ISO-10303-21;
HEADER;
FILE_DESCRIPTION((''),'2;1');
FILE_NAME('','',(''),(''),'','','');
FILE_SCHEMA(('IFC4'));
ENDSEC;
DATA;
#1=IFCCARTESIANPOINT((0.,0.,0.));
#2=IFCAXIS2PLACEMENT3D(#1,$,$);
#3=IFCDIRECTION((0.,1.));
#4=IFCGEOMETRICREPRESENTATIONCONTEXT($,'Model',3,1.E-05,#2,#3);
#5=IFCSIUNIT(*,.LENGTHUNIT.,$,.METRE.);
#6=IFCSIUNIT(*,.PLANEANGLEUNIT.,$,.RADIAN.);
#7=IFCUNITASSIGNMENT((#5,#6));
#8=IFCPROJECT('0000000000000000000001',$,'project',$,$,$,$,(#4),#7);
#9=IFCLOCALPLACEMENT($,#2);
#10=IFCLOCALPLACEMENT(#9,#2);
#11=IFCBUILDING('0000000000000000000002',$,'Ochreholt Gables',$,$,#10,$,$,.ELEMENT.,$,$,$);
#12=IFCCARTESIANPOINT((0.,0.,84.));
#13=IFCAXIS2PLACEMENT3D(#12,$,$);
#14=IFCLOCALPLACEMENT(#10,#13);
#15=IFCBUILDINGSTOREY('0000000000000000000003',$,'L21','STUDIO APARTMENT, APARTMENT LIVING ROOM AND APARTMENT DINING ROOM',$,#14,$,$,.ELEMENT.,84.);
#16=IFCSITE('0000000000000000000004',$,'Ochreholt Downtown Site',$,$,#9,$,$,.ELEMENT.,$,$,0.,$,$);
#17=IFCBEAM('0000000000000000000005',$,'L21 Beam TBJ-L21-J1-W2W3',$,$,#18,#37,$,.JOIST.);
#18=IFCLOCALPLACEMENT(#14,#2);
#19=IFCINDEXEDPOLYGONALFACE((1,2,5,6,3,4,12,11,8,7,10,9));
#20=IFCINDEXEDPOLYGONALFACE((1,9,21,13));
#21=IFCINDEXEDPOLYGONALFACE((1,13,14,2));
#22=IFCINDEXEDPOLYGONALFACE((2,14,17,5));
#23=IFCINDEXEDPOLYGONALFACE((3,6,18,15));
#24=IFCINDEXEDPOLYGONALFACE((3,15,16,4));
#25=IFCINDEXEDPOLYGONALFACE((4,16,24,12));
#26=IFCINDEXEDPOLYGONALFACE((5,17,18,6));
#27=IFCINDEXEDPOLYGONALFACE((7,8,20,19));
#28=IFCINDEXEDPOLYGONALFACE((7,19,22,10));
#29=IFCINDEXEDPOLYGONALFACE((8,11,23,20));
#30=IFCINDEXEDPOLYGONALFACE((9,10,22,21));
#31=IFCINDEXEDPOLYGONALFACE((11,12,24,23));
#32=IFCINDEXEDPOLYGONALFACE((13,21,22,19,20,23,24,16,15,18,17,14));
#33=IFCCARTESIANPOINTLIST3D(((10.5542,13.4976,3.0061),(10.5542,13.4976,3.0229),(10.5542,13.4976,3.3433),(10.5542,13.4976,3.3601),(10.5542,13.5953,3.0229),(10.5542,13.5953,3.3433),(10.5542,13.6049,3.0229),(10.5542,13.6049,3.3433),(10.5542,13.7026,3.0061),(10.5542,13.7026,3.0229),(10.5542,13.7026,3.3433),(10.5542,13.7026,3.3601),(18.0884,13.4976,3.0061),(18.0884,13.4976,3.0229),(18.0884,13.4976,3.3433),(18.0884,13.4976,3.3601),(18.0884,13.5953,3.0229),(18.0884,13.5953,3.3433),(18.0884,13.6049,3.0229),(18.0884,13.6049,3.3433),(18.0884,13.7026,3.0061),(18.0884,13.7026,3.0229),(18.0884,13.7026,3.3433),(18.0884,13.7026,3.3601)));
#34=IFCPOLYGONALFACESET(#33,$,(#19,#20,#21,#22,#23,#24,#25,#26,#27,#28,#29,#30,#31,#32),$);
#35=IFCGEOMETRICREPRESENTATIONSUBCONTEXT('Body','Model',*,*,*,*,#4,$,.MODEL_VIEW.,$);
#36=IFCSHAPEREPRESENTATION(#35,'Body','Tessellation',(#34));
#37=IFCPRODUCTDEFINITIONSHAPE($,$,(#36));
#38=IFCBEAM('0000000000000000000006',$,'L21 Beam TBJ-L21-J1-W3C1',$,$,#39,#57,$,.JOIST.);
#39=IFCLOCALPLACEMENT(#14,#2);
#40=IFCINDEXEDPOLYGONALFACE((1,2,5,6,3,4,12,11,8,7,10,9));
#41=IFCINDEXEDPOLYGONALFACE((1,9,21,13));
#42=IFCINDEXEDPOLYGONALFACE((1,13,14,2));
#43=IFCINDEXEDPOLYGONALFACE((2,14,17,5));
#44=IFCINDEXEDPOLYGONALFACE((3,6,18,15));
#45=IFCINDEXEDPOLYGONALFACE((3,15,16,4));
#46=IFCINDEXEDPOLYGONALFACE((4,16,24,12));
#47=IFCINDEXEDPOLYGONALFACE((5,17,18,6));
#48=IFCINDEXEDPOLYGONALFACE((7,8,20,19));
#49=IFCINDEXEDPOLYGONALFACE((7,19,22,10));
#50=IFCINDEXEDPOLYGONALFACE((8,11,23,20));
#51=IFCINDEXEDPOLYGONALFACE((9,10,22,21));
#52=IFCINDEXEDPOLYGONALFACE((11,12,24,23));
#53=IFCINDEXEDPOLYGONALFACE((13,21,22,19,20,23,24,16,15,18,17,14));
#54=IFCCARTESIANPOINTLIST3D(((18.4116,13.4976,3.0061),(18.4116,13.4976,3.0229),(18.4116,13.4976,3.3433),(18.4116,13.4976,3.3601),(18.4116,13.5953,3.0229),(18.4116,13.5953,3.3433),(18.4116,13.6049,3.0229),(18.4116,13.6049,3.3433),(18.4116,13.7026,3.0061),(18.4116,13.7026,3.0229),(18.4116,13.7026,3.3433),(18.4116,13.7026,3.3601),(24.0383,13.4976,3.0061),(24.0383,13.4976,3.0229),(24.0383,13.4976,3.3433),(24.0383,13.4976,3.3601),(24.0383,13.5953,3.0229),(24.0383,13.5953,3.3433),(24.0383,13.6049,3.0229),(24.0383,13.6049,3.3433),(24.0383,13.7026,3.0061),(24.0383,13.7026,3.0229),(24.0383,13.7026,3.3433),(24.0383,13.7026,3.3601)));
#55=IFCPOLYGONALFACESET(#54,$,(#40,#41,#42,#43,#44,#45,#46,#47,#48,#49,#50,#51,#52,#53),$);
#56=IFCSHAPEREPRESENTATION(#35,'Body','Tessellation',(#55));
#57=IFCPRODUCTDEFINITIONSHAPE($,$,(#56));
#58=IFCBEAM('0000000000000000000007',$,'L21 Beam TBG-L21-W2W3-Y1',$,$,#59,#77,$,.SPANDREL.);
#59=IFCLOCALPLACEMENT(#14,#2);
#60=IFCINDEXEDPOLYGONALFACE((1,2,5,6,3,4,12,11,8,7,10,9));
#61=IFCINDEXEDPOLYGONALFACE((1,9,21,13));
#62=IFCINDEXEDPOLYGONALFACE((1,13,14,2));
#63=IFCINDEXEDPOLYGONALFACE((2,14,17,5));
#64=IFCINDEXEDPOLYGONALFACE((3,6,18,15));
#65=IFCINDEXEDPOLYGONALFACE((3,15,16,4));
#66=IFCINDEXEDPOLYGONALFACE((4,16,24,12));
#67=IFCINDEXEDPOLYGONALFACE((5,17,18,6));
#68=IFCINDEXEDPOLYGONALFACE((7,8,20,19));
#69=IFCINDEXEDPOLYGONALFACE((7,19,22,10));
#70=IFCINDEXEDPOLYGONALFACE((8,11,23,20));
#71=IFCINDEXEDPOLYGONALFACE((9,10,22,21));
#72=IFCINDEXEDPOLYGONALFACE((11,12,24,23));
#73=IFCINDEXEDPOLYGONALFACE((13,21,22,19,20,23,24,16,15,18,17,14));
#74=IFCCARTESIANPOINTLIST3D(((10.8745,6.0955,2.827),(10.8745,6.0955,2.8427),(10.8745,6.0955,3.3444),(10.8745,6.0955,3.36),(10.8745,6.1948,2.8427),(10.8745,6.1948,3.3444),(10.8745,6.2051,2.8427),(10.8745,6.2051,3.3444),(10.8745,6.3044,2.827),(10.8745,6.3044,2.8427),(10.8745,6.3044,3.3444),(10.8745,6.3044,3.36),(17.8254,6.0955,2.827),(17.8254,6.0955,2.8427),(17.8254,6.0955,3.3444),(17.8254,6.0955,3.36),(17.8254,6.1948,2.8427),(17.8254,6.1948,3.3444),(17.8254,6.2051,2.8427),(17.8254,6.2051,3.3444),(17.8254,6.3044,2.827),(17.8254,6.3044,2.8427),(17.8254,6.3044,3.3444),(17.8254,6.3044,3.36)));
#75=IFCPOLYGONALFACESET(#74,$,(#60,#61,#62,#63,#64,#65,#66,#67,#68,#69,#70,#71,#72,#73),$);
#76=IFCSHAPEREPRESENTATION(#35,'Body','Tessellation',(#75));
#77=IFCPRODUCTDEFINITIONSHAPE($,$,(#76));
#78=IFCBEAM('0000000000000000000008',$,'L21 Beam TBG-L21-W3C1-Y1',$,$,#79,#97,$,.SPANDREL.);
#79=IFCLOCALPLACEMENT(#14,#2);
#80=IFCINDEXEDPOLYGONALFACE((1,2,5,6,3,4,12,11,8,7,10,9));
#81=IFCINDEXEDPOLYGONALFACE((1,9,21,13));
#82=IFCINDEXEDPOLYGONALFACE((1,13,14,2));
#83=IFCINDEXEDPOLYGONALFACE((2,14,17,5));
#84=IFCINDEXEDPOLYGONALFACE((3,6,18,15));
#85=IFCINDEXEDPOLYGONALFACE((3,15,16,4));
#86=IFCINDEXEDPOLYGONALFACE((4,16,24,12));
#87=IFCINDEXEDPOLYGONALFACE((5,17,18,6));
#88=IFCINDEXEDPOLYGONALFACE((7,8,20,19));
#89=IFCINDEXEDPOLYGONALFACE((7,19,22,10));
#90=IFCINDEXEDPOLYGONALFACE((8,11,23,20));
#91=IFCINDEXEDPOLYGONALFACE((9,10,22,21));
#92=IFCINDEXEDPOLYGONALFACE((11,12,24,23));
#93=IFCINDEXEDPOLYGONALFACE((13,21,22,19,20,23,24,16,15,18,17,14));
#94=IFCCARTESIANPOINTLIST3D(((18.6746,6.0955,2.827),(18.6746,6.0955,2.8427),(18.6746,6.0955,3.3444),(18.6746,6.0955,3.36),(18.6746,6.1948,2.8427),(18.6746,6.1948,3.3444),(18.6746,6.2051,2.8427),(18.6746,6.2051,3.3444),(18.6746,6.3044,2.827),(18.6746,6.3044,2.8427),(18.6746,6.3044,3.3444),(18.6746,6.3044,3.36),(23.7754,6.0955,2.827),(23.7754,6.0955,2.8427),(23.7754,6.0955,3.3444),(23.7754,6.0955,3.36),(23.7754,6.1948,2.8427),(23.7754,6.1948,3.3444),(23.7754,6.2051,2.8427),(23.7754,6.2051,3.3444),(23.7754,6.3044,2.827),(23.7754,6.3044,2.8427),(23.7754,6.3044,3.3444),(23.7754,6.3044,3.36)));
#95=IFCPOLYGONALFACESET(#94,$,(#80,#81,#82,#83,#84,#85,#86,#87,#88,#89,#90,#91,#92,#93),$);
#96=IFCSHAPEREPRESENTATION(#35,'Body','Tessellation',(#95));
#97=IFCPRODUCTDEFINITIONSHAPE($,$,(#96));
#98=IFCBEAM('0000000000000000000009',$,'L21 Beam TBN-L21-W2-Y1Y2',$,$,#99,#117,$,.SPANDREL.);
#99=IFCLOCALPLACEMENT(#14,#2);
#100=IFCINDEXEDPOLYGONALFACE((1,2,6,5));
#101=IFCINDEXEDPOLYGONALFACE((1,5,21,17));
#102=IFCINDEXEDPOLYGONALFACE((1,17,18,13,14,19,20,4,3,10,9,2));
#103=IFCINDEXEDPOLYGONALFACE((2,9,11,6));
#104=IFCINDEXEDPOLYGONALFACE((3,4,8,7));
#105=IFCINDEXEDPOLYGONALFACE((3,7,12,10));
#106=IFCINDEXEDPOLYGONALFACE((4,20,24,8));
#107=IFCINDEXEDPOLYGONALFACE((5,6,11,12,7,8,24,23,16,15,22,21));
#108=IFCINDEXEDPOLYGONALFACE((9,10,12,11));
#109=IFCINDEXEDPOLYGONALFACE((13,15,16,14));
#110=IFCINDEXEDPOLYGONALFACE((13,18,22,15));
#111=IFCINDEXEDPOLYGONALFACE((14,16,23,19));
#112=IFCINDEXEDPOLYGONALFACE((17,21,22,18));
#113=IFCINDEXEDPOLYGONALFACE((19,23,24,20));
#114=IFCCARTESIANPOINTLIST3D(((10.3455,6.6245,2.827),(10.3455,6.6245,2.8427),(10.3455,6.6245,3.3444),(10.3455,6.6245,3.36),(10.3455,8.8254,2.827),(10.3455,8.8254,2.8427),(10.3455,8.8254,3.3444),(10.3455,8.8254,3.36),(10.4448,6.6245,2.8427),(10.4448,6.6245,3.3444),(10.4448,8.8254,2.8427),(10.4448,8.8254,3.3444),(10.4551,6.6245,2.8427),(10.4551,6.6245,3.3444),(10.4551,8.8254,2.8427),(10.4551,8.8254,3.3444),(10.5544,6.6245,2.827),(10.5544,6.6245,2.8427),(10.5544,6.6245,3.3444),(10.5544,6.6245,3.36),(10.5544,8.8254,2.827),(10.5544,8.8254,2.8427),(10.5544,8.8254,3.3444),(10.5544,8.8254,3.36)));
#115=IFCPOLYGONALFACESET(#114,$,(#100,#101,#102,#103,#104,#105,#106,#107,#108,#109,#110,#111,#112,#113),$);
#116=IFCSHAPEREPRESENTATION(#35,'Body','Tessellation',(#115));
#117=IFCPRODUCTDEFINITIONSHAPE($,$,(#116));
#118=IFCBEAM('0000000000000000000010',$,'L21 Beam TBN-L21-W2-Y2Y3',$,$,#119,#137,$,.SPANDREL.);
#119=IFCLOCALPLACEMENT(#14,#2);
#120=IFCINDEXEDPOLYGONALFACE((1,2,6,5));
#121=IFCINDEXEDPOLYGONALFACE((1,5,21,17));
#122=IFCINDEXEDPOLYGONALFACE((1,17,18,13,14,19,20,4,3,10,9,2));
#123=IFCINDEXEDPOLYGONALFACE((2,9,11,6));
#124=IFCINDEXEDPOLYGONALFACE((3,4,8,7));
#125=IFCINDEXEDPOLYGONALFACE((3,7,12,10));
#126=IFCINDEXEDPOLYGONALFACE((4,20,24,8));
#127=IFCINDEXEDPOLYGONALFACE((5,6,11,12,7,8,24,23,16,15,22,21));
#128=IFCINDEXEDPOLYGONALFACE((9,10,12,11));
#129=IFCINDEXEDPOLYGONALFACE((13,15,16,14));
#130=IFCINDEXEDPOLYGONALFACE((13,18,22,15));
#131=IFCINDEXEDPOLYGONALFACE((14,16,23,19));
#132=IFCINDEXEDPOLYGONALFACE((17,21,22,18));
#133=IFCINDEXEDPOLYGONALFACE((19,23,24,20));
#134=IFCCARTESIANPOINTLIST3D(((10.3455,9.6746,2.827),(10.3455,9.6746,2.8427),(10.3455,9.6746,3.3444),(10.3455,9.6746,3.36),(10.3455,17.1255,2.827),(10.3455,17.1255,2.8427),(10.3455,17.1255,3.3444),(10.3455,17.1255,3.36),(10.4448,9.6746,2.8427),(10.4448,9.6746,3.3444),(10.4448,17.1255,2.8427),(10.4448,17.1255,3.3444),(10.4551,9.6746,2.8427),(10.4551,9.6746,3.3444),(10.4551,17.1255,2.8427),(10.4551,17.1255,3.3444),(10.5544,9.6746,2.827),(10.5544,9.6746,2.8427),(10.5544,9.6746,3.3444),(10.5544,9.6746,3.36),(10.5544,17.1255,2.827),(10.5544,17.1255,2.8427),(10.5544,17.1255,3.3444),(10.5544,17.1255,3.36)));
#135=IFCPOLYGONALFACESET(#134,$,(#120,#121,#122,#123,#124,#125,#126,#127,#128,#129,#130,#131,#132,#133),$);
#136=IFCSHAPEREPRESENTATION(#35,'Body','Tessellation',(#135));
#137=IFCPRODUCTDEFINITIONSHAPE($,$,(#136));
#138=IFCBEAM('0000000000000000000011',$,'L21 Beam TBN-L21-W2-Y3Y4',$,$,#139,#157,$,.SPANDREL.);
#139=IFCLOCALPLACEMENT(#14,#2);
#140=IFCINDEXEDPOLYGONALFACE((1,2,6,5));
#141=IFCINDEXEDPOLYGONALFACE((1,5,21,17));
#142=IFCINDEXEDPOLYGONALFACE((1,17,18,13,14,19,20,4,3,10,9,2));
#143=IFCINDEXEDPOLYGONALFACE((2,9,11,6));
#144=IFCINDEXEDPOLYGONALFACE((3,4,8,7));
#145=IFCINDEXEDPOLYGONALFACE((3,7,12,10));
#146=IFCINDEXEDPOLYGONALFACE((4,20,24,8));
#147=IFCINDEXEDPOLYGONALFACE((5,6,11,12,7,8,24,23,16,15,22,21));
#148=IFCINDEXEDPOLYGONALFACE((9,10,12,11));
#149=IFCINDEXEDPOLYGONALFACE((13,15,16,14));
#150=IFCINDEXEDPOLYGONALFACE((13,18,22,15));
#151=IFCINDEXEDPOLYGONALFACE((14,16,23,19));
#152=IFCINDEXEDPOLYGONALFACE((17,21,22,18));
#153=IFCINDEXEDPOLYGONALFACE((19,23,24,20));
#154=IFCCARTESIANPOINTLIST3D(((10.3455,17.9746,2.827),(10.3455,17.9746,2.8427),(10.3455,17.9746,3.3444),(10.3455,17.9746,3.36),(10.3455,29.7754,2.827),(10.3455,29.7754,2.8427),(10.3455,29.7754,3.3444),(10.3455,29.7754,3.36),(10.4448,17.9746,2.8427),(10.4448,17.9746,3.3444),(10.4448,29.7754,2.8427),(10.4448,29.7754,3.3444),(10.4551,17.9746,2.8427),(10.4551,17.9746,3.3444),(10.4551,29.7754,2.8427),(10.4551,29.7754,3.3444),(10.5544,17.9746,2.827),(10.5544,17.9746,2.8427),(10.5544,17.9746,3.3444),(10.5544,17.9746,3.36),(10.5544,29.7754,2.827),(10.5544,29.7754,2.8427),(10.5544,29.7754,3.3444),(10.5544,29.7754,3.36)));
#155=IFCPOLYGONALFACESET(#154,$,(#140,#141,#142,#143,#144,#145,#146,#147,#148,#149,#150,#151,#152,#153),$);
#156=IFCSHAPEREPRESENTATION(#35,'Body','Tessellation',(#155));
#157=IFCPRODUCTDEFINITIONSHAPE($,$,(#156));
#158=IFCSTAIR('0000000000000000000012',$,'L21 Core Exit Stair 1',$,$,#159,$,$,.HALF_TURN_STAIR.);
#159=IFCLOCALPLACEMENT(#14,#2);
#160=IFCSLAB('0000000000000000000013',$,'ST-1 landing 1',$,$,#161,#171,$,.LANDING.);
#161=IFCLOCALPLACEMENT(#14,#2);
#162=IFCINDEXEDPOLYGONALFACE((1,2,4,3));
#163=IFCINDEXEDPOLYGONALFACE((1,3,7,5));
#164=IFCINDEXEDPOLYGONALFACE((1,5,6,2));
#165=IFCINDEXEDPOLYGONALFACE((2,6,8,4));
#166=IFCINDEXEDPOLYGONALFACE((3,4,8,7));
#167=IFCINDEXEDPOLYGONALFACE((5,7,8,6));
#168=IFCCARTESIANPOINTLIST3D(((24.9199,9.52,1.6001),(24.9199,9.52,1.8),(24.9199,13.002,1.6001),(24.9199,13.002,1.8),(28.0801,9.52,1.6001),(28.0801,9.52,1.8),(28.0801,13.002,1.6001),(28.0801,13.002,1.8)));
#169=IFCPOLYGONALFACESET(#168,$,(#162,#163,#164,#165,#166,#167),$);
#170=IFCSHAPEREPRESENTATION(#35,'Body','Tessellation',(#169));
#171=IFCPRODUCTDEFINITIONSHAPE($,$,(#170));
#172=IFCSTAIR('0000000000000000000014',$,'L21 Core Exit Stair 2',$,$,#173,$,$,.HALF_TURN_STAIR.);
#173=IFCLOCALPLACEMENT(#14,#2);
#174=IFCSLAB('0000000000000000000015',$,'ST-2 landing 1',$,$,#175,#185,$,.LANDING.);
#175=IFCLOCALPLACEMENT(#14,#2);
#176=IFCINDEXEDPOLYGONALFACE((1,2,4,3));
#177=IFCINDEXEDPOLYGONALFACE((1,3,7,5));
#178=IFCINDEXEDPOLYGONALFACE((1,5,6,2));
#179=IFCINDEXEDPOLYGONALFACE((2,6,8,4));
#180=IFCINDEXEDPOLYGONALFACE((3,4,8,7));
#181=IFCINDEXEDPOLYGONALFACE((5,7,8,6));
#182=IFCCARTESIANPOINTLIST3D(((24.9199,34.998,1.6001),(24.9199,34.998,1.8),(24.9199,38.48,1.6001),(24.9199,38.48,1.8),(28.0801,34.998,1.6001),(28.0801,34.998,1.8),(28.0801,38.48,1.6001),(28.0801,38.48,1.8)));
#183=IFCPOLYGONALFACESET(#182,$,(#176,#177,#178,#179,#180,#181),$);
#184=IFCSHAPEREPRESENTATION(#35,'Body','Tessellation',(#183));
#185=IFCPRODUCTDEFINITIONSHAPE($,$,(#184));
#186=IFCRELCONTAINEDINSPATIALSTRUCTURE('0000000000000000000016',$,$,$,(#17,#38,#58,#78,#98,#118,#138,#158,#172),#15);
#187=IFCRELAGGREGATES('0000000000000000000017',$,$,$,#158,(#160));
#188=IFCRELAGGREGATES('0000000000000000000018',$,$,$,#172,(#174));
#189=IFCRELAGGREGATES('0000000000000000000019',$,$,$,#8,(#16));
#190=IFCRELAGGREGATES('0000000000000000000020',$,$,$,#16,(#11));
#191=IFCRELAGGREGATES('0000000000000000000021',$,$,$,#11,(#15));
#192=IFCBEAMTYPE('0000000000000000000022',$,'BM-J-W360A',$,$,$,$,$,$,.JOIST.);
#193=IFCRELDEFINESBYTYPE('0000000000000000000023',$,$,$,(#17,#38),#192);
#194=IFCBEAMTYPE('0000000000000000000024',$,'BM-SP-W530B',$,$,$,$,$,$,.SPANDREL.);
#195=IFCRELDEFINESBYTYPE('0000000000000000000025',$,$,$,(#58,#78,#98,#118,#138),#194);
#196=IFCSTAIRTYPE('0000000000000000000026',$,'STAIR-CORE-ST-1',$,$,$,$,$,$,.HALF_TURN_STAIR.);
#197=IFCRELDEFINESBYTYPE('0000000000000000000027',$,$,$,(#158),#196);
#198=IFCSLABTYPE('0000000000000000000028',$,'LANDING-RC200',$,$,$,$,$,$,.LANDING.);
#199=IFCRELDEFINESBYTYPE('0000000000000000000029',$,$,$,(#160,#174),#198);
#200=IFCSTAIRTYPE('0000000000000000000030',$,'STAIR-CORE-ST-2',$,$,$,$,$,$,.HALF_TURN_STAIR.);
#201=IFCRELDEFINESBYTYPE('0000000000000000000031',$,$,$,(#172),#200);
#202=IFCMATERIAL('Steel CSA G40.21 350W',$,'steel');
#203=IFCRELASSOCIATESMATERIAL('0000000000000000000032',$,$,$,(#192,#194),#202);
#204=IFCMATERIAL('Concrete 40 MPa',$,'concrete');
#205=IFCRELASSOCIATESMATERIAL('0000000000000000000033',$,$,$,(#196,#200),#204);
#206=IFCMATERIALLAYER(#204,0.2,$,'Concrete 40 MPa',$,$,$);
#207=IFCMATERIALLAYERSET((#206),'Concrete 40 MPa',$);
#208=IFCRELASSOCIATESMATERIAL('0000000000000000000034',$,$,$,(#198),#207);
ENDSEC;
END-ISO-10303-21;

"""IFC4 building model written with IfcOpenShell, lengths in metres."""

from ifc_helpers import new_model, si_unit, direction, frame, origin, origin_2d, place, context, subcontext, project, spatial, polyline, i_section, outline, extrude, material, layer, layer_set, material_profile, profile_set, type_object, element, aggregate, save


model = new_model("IFC4")

# Units and contexts
model_context = context("Model", 3, precision=1e-05, world=origin(), true_north=direction((0.0, 1.0)))
body_context = subcontext(model_context, "Body", "Model", "MODEL_VIEW")
ifc_project = project(units=[si_unit("LENGTHUNIT", "METRE"), si_unit("PLANEANGLEUNIT", "RADIAN")], contexts=[model_context])

# Site, building, storey
site_placement = place(None, origin())
site = spatial("IfcSite", under=ifc_project, at=site_placement, Name="Ochreholt Downtown Site", CompositionType="ELEMENT", RefElevation=0.0)
building_placement = place(site_placement, origin())
building = spatial("IfcBuilding", under=site, at=building_placement, Name="Ochreholt Gables", CompositionType="ELEMENT")
storey_placement = place(building_placement, frame((0.0, 0.0, 84.0)))
storey = spatial("IfcBuildingStorey", under=building, at=storey_placement, Name="L21", Description="STUDIO APARTMENT, APARTMENT LIVING ROOM AND APARTMENT DINING ROOM", CompositionType="ELEMENT", Elevation=84.0)

# Beams
ifc_material_1 = material(Name="Steel CSA G40.21 350W", Category="steel")
ifc_material_profile_1 = material_profile(ifc_material_1, i_section(OverallWidth=0.2051, OverallDepth=0.354, WebThickness=0.0095, FlangeThickness=0.0168, at=origin_2d()), Name="W360X79")
ifc_profile_set_1 = profile_set([ifc_material_profile_1], Name="Steel CSA G40.21 350W")
beam_type_1 = type_object("IfcBeamType", Name="BM-J-W360A", PredefinedType="JOIST", material=ifc_profile_set_1)
beam_1_placement = place(storey_placement, frame((10.5542, 13.6001, 3.1831), z_axis=(1.0, 0.0, 0.0), x_axis=(0.0, 1.0, 0.0)))
element("IfcBeam", 1, at=beam_1_placement, inside=storey, type_object=beam_type_1, Name="L21 Beam TBJ-L21-J1-W2W3", PredefinedType="JOIST", context=body_context, shape_type="SweptSolid", body=[
    extrude(i_section(OverallWidth=0.2051, OverallDepth=0.354, WebThickness=0.0095, FlangeThickness=0.0168, at=origin_2d()), origin(), (0.0, 0.0, 1.0), 7.5342),
])
beam_2_placement = place(storey_placement, frame((18.4116, 13.6001, 3.1831), z_axis=(1.0, 0.0, 0.0), x_axis=(0.0, 1.0, 0.0)))
element("IfcBeam", 2, at=beam_2_placement, inside=storey, type_object=beam_type_1, Name="L21 Beam TBJ-L21-J1-W3C1", PredefinedType="JOIST", context=body_context, shape_type="SweptSolid", body=[
    extrude(i_section(OverallWidth=0.2051, OverallDepth=0.354, WebThickness=0.0095, FlangeThickness=0.0168, at=origin_2d()), origin(), (0.0, 0.0, 1.0), 5.6267),
])
ifc_material_profile_2 = material_profile(ifc_material_1, i_section(OverallWidth=0.209, OverallDepth=0.533, WebThickness=0.0103, FlangeThickness=0.0156, at=origin_2d()), Name="W530X92")
ifc_profile_set_2 = profile_set([ifc_material_profile_2], Name="Steel CSA G40.21 350W")
beam_type_2 = type_object("IfcBeamType", Name="BM-SP-W530B", PredefinedType="SPANDREL", material=ifc_profile_set_2)
beam_3_placement = place(storey_placement, frame((10.8745, 6.2, 3.0935), z_axis=(1.0, 0.0, 0.0), x_axis=(0.0, 1.0, 0.0)))
element("IfcBeam", 3, at=beam_3_placement, inside=storey, type_object=beam_type_2, Name="L21 Beam TBG-L21-W2W3-Y1", PredefinedType="SPANDREL", context=body_context, shape_type="SweptSolid", body=[
    extrude(i_section(OverallWidth=0.209, OverallDepth=0.533, WebThickness=0.0103, FlangeThickness=0.0156, at=origin_2d()), origin(), (0.0, 0.0, 1.0), 6.9509),
])
beam_4_placement = place(storey_placement, frame((18.6746, 6.2, 3.0935), z_axis=(1.0, 0.0, 0.0), x_axis=(0.0, 1.0, 0.0)))
element("IfcBeam", 4, at=beam_4_placement, inside=storey, type_object=beam_type_2, Name="L21 Beam TBG-L21-W3C1-Y1", PredefinedType="SPANDREL", context=body_context, shape_type="SweptSolid", body=[
    extrude(i_section(OverallWidth=0.209, OverallDepth=0.533, WebThickness=0.0103, FlangeThickness=0.0156, at=origin_2d()), origin(), (0.0, 0.0, 1.0), 5.1008),
])
beam_5_placement = place(storey_placement, frame((10.45, 6.6245, 3.0935), z_axis=(0.0, 1.0, 0.0), x_axis=(-1.0, 0.0, 0.0)))
element("IfcBeam", 5, at=beam_5_placement, inside=storey, type_object=beam_type_2, Name="L21 Beam TBN-L21-W2-Y1Y2", PredefinedType="SPANDREL", context=body_context, shape_type="SweptSolid", body=[
    extrude(i_section(OverallWidth=0.209, OverallDepth=0.533, WebThickness=0.0103, FlangeThickness=0.0156, at=origin_2d()), origin(), (0.0, 0.0, 1.0), 2.2009),
])
beam_6_placement = place(storey_placement, frame((10.45, 9.6746, 3.0935), z_axis=(0.0, 1.0, 0.0), x_axis=(-1.0, 0.0, 0.0)))
element("IfcBeam", 6, at=beam_6_placement, inside=storey, type_object=beam_type_2, Name="L21 Beam TBN-L21-W2-Y2Y3", PredefinedType="SPANDREL", context=body_context, shape_type="SweptSolid", body=[
    extrude(i_section(OverallWidth=0.209, OverallDepth=0.533, WebThickness=0.0103, FlangeThickness=0.0156, at=origin_2d()), origin(), (0.0, 0.0, 1.0), 7.4509),
])
beam_7_placement = place(storey_placement, frame((10.45, 17.9746, 3.0935), z_axis=(0.0, 1.0, 0.0), x_axis=(-1.0, 0.0, 0.0)))
element("IfcBeam", 7, at=beam_7_placement, inside=storey, type_object=beam_type_2, Name="L21 Beam TBN-L21-W2-Y3Y4", PredefinedType="SPANDREL", context=body_context, shape_type="SweptSolid", body=[
    extrude(i_section(OverallWidth=0.209, OverallDepth=0.533, WebThickness=0.0103, FlangeThickness=0.0156, at=origin_2d()), origin(), (0.0, 0.0, 1.0), 11.8008),
])

# Stairs, slabs
ifc_material_2 = material(Name="Concrete 40 MPa", Category="concrete")
stair_type_1 = type_object("IfcStairType", Name="STAIR-CORE-ST-1", PredefinedType="HALF_TURN_STAIR", material=ifc_material_2)
stair_1_placement = place(storey_placement, origin())
stair_1 = element("IfcStair", 8, at=stair_1_placement, inside=storey, type_object=stair_type_1, Name="L21 Core Exit Stair 1", PredefinedType="HALF_TURN_STAIR")
ifc_layer_1 = layer(ifc_material_2, 0.2, Name="Concrete 40 MPa")
ifc_layer_set_1 = layer_set([ifc_layer_1], Name="Concrete 40 MPa")
slab_type_1 = type_object("IfcSlabType", Name="LANDING-RC200", PredefinedType="LANDING", material=ifc_layer_set_1)
slab_1_placement = place(storey_placement, frame((0.0, 0.0, 1.6001)))
slab_1 = element("IfcSlab", 9, at=slab_1_placement, type_object=slab_type_1, Name="ST-1 landing 1", PredefinedType="LANDING", context=body_context, shape_type="SweptSolid", body=[
    extrude(outline(polyline([(24.9199, 13.002), (24.9199, 9.52), (28.0801, 9.52), (28.0801, 13.002), (24.9199, 13.002)])), origin(), (0.0, 0.0, 1.0), 0.2),
])
aggregate(stair_1, [slab_1])
stair_type_2 = type_object("IfcStairType", Name="STAIR-CORE-ST-2", PredefinedType="HALF_TURN_STAIR", material=ifc_material_2)
stair_2_placement = place(storey_placement, origin())
stair_2 = element("IfcStair", 10, at=stair_2_placement, inside=storey, type_object=stair_type_2, Name="L21 Core Exit Stair 2", PredefinedType="HALF_TURN_STAIR")
slab_2_placement = place(storey_placement, frame((0.0, 0.0, 1.6001)))
slab_2 = element("IfcSlab", 11, at=slab_2_placement, type_object=slab_type_1, Name="ST-2 landing 1", PredefinedType="LANDING", context=body_context, shape_type="SweptSolid", body=[
    extrude(outline(polyline([(28.0801, 34.998), (28.0801, 38.48), (24.9199, 38.48), (24.9199, 34.998), (28.0801, 34.998)])), origin(), (0.0, 0.0, 1.0), 0.2),
])
aggregate(stair_2, [slab_2])

save(model, "model.ifc")
